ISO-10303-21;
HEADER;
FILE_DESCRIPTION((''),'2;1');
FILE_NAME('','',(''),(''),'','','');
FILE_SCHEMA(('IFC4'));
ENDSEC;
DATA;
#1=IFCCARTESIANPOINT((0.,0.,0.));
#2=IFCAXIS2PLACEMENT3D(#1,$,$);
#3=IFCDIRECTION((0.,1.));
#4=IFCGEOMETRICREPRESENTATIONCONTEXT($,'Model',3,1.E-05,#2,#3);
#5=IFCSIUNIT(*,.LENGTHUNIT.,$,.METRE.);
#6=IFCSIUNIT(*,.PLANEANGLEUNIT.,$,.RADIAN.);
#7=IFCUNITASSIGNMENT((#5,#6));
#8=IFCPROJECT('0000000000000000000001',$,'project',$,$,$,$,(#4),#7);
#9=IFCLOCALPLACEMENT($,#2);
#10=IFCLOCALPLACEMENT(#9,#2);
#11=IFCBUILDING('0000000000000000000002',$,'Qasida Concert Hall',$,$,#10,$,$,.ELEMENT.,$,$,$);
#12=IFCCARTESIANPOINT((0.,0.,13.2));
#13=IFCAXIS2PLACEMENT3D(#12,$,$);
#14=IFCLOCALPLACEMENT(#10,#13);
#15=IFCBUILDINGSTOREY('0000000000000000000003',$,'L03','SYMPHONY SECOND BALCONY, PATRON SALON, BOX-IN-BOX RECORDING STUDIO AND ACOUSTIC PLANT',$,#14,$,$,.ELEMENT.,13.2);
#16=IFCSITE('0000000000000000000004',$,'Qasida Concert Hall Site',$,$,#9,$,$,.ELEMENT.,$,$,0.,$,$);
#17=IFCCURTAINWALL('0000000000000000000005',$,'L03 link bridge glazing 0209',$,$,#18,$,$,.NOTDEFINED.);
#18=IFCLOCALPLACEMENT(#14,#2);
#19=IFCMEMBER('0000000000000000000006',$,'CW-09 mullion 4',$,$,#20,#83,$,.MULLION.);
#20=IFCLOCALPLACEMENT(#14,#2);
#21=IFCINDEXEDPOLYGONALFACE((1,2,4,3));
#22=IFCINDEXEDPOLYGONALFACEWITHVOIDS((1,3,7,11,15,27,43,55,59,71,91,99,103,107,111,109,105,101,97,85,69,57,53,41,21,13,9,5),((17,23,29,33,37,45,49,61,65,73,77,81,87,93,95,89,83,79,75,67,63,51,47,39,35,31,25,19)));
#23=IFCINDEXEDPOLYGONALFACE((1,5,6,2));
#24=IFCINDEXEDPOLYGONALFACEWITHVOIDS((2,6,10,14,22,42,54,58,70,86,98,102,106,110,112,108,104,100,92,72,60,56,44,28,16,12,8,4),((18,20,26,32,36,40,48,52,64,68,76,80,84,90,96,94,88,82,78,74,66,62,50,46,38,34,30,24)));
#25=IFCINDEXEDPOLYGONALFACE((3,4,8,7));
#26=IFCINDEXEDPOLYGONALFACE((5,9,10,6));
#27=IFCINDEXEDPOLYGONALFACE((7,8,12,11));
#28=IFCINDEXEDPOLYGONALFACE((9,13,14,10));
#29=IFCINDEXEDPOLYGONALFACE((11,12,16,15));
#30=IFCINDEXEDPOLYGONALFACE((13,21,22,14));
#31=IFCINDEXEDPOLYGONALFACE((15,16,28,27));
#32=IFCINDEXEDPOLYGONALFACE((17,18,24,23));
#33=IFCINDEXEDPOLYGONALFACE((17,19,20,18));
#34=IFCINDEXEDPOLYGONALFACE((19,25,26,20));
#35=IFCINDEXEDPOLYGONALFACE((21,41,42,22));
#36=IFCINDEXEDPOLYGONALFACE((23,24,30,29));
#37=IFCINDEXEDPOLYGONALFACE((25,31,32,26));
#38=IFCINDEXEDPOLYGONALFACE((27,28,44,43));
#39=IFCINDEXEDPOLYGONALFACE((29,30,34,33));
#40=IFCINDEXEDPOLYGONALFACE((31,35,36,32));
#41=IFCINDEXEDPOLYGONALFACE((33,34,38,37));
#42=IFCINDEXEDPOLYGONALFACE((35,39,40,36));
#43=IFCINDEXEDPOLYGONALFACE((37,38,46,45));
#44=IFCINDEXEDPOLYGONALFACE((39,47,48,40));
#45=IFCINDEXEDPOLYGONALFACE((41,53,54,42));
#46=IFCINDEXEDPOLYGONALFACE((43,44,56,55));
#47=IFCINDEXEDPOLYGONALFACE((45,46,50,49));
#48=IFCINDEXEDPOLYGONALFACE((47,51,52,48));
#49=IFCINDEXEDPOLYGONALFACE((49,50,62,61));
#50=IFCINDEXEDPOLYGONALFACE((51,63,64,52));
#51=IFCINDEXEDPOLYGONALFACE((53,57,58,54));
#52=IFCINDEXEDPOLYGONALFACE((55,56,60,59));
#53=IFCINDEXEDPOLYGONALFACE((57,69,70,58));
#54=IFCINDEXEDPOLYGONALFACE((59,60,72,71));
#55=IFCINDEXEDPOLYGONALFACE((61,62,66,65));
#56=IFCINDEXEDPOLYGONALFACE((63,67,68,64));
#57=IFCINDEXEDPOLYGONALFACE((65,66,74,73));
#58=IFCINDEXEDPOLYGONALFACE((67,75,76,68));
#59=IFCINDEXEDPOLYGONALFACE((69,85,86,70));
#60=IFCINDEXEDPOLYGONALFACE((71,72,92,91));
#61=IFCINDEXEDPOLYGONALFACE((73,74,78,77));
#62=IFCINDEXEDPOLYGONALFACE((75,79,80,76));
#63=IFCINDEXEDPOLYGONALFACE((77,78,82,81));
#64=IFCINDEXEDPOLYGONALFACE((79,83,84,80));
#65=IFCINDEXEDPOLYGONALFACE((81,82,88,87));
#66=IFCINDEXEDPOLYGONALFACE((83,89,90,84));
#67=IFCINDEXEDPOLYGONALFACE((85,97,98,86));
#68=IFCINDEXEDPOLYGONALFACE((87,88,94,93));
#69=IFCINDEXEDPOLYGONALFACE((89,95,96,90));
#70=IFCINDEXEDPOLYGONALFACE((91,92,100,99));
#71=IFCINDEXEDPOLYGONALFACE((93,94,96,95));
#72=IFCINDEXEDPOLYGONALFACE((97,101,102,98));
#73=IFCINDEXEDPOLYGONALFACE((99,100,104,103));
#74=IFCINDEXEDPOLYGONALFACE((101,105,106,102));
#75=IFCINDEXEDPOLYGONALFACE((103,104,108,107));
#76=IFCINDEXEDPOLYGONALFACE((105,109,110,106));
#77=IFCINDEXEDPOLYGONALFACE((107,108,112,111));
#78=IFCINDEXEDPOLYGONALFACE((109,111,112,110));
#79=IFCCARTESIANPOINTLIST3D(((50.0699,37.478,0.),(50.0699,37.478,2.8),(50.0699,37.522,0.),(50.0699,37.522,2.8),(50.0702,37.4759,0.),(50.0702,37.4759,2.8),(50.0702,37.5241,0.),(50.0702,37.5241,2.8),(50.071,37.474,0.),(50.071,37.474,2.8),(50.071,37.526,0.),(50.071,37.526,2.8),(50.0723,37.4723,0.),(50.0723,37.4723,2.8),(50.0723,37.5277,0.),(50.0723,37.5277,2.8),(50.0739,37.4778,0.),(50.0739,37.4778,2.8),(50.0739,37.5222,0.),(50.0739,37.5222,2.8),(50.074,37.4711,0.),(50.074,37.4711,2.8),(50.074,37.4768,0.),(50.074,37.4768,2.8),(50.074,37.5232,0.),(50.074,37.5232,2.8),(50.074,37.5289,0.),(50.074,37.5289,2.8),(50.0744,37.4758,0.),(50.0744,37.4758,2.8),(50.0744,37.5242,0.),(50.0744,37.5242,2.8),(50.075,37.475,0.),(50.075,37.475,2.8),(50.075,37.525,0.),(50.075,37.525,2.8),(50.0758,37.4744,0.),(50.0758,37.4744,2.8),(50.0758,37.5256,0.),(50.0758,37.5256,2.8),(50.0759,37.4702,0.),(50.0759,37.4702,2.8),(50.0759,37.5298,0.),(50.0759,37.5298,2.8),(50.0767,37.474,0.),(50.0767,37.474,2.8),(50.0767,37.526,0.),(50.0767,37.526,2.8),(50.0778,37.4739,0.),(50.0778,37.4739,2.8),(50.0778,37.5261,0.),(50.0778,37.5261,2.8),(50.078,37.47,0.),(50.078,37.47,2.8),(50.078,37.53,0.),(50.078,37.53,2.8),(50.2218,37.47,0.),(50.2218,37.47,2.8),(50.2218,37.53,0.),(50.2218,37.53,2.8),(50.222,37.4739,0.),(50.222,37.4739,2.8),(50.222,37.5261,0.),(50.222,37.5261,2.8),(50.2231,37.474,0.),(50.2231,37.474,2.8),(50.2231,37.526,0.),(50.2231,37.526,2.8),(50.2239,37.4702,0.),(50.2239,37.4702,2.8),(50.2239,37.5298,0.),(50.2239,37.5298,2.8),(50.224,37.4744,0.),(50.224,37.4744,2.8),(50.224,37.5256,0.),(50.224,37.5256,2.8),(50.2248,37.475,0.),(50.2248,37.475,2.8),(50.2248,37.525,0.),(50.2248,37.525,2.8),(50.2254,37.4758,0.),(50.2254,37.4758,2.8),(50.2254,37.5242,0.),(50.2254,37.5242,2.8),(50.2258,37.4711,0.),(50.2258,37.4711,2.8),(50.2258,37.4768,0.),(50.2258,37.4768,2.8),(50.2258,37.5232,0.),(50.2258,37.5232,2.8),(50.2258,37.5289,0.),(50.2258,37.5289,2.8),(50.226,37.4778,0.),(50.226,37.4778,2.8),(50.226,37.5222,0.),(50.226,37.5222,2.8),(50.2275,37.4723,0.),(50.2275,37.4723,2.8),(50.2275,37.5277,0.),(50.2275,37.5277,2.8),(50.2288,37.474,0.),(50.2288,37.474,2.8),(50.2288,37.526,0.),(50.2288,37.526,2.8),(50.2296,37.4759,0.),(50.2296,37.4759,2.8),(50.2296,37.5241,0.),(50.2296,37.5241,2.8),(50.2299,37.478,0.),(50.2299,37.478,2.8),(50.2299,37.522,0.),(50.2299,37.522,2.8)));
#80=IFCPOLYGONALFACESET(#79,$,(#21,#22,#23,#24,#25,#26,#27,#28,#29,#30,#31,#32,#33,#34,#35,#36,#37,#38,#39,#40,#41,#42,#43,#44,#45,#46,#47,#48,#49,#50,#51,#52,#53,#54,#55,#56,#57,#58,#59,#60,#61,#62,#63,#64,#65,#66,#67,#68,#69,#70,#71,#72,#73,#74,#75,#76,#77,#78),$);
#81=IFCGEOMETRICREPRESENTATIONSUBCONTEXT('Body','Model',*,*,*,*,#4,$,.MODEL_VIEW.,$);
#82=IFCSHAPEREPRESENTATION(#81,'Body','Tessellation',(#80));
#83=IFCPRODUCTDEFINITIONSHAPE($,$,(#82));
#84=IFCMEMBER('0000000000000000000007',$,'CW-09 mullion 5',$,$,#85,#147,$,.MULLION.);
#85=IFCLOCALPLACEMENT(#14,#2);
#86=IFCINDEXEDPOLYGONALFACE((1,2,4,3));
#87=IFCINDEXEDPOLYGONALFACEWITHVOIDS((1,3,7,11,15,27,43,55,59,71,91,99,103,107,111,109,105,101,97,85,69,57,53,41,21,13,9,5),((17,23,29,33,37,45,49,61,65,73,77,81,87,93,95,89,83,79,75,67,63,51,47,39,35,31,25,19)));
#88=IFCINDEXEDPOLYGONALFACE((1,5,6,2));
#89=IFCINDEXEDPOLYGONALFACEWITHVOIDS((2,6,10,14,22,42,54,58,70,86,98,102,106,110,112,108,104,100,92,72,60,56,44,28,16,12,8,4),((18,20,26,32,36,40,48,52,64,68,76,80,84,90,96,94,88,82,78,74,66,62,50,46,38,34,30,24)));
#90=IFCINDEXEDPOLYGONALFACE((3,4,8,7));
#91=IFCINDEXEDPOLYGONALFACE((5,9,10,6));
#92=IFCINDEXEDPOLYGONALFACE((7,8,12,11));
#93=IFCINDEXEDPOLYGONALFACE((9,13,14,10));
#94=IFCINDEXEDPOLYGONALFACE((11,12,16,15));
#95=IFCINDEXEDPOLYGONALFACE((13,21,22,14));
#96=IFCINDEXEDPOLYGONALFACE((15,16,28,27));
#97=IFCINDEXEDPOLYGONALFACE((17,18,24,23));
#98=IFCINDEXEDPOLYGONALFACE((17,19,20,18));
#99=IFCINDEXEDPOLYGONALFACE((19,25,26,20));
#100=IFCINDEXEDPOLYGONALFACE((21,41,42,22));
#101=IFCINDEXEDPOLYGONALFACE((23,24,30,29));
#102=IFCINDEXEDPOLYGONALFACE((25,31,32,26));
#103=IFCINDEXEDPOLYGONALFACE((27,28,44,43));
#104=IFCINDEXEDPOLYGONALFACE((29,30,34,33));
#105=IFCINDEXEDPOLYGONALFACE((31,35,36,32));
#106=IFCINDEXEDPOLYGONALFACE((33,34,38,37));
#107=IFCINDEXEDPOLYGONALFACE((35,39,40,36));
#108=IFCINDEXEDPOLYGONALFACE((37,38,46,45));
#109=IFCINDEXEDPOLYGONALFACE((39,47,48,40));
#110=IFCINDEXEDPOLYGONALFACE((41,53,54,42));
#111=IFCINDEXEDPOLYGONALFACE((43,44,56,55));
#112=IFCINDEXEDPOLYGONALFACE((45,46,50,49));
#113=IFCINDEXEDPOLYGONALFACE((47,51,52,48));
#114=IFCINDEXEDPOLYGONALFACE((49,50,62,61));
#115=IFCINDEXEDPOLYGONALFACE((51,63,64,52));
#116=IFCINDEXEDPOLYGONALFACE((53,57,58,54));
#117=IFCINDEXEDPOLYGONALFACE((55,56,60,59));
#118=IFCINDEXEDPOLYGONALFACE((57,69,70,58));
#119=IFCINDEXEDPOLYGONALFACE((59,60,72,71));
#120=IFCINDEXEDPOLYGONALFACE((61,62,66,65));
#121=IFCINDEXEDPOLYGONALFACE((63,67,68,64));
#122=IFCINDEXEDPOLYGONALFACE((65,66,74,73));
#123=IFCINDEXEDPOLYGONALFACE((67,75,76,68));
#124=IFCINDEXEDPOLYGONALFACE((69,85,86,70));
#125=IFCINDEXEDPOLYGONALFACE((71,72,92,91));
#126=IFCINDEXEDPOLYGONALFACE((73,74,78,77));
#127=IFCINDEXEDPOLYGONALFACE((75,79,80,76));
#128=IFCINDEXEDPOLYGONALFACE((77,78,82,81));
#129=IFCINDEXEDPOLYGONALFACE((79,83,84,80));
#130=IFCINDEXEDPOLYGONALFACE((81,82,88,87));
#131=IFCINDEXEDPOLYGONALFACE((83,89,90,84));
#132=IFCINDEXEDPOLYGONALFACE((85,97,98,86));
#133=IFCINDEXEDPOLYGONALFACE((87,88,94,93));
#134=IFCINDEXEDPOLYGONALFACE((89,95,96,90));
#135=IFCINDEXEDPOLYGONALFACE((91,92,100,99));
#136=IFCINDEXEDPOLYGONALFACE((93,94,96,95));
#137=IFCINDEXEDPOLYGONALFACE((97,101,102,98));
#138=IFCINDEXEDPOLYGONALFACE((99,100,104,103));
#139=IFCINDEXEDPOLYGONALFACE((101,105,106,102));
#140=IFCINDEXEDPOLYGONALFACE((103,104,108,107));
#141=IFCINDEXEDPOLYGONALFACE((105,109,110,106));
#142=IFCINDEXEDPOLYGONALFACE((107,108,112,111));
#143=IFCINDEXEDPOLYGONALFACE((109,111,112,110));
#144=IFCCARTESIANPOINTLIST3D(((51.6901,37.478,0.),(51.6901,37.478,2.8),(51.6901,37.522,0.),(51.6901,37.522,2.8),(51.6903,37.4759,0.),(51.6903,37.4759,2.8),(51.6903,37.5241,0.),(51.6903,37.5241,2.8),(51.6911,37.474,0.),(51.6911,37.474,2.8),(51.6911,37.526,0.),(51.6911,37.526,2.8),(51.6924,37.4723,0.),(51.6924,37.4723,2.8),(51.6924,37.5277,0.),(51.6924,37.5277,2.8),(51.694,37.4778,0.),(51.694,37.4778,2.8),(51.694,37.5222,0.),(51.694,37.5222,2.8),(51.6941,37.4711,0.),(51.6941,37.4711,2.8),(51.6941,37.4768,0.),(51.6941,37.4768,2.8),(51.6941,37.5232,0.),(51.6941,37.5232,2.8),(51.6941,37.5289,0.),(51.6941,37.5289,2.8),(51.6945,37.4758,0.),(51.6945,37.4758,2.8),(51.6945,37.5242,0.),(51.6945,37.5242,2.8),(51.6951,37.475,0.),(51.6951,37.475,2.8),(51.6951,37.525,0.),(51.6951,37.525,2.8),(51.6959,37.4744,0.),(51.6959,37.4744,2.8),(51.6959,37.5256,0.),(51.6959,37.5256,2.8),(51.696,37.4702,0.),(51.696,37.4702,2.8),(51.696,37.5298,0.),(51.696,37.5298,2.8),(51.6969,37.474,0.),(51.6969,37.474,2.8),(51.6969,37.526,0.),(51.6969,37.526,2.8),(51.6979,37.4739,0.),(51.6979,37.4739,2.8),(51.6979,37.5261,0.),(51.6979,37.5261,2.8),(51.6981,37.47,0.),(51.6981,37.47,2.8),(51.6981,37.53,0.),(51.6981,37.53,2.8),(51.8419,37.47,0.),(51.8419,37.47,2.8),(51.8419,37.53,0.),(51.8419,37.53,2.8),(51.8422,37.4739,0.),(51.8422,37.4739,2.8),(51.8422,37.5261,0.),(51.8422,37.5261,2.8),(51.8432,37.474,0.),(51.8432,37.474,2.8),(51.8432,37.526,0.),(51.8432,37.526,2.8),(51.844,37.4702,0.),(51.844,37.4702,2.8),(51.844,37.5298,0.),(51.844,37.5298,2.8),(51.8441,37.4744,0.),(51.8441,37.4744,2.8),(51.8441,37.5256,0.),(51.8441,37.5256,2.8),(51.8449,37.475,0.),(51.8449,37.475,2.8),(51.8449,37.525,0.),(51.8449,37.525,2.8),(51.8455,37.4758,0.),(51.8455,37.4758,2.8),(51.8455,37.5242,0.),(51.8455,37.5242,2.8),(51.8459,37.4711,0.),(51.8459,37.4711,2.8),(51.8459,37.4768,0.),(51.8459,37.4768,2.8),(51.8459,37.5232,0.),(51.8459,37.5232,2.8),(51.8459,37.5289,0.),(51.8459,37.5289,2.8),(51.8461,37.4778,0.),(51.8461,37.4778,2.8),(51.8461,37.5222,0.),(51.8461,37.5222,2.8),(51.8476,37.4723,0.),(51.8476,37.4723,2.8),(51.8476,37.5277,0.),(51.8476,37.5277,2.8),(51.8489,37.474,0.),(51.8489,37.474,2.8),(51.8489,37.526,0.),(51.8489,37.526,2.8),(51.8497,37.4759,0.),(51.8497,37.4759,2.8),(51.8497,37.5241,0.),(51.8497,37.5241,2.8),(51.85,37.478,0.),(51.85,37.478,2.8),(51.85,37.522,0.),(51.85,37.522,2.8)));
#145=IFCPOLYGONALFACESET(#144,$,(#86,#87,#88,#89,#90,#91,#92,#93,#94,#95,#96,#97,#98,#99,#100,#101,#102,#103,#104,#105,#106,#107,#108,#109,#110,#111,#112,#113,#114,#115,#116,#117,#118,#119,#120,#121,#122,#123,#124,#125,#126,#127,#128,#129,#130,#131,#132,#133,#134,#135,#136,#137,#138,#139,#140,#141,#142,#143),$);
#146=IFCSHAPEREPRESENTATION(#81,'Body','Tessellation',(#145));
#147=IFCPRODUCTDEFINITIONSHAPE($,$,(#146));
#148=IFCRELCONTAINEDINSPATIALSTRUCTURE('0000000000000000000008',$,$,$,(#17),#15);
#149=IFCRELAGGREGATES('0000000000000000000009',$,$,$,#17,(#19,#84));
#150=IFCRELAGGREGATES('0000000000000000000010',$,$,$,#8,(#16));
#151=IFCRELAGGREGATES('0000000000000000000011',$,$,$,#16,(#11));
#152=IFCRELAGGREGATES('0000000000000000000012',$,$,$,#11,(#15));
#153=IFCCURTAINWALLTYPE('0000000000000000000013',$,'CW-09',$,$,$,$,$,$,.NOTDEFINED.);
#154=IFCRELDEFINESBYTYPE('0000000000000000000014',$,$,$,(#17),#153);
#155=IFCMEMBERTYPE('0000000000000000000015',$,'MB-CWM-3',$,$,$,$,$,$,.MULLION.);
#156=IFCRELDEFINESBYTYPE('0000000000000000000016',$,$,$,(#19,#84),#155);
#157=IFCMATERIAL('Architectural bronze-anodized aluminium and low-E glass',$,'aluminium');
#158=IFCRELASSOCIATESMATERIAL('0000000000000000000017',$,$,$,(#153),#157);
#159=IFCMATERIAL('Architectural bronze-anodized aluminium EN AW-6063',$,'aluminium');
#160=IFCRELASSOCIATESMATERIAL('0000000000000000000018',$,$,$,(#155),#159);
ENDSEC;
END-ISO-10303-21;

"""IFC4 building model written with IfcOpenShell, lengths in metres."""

from ifc_helpers import new_model, si_unit, direction, frame, origin, origin_2d, place, context, subcontext, project, spatial, hollow_rectangle, extrude, material, material_profile, profile_set, type_object, element, aggregate, save


model = new_model("IFC4")

# Units and contexts
model_context = context("Model", 3, precision=1e-05, world=origin(), true_north=direction((0.0, 1.0)))
body_context = subcontext(model_context, "Body", "Model", "MODEL_VIEW")
ifc_project = project(units=[si_unit("LENGTHUNIT", "METRE"), si_unit("PLANEANGLEUNIT", "RADIAN")], contexts=[model_context])

# Site, building, storey
site_placement = place(None, origin())
site = spatial("IfcSite", under=ifc_project, at=site_placement, Name="Qasida Concert Hall Site", CompositionType="ELEMENT", RefElevation=0.0)
building_placement = place(site_placement, origin())
building = spatial("IfcBuilding", under=site, at=building_placement, Name="Qasida Concert Hall", CompositionType="ELEMENT")
storey_placement = place(building_placement, frame((0.0, 0.0, 13.2)))
storey = spatial("IfcBuildingStorey", under=building, at=storey_placement, Name="L03", Description="SYMPHONY SECOND BALCONY, PATRON SALON, BOX-IN-BOX RECORDING STUDIO AND ACOUSTIC PLANT", CompositionType="ELEMENT", Elevation=13.2)

# Curtain wall, members
ifc_material_1 = material(Name="Architectural bronze-anodized aluminium and low-E glass", Category="aluminium")
curtain_wall_type = type_object("IfcCurtainWallType", Name="CW-09", PredefinedType="NOTDEFINED", material=ifc_material_1)
curtain_wall_placement = place(storey_placement, origin())
curtain_wall = element("IfcCurtainWall", 1, at=curtain_wall_placement, inside=storey, type_object=curtain_wall_type, Name="L03 link bridge glazing 0209", PredefinedType="NOTDEFINED")
ifc_material_2 = material(Name="Architectural bronze-anodized aluminium EN AW-6063", Category="aluminium")
ifc_material_profile_1 = material_profile(ifc_material_2, hollow_rectangle(XDim=0.0601, YDim=0.1599, WallThickness=0.0039, InnerFilletRadius=0.0039, OuterFilletRadius=0.0081, at=origin_2d()), Name="CWM 160x60x4")
ifc_profile_set_1 = profile_set([ifc_material_profile_1], Name="Architectural bronze-anodized aluminium EN AW-6063")
member_type_1 = type_object("IfcMemberType", Name="MB-CWM-3", PredefinedType="MULLION", material=ifc_profile_set_1)
member_1_placement = place(storey_placement, frame((50.1499, 37.5, 0.0), z_axis=(0.0, 0.0, 1.0), x_axis=(0.0, 1.0, 0.0)))
member_1 = element("IfcMember", 2, at=member_1_placement, type_object=member_type_1, Name="CW-09 mullion 4", PredefinedType="MULLION", context=body_context, shape_type="SweptSolid", body=[
    extrude(hollow_rectangle(XDim=0.0601, YDim=0.1599, WallThickness=0.0039, InnerFilletRadius=0.0039, OuterFilletRadius=0.0081, at=origin_2d()), origin(), (0.0, 0.0, 1.0), 2.8),
])
member_2_placement = place(storey_placement, frame((51.77, 37.5, 0.0), z_axis=(0.0, 0.0, 1.0), x_axis=(0.0, 1.0, 0.0)))
member_2 = element("IfcMember", 3, at=member_2_placement, type_object=member_type_1, Name="CW-09 mullion 5", PredefinedType="MULLION", context=body_context, shape_type="SweptSolid", body=[
    extrude(hollow_rectangle(XDim=0.0601, YDim=0.1599, WallThickness=0.0039, InnerFilletRadius=0.0039, OuterFilletRadius=0.0081, at=origin_2d()), origin(), (0.0, 0.0, 1.0), 2.8),
])
aggregate(curtain_wall, [member_1, member_2])

save(model, "model.ifc")
